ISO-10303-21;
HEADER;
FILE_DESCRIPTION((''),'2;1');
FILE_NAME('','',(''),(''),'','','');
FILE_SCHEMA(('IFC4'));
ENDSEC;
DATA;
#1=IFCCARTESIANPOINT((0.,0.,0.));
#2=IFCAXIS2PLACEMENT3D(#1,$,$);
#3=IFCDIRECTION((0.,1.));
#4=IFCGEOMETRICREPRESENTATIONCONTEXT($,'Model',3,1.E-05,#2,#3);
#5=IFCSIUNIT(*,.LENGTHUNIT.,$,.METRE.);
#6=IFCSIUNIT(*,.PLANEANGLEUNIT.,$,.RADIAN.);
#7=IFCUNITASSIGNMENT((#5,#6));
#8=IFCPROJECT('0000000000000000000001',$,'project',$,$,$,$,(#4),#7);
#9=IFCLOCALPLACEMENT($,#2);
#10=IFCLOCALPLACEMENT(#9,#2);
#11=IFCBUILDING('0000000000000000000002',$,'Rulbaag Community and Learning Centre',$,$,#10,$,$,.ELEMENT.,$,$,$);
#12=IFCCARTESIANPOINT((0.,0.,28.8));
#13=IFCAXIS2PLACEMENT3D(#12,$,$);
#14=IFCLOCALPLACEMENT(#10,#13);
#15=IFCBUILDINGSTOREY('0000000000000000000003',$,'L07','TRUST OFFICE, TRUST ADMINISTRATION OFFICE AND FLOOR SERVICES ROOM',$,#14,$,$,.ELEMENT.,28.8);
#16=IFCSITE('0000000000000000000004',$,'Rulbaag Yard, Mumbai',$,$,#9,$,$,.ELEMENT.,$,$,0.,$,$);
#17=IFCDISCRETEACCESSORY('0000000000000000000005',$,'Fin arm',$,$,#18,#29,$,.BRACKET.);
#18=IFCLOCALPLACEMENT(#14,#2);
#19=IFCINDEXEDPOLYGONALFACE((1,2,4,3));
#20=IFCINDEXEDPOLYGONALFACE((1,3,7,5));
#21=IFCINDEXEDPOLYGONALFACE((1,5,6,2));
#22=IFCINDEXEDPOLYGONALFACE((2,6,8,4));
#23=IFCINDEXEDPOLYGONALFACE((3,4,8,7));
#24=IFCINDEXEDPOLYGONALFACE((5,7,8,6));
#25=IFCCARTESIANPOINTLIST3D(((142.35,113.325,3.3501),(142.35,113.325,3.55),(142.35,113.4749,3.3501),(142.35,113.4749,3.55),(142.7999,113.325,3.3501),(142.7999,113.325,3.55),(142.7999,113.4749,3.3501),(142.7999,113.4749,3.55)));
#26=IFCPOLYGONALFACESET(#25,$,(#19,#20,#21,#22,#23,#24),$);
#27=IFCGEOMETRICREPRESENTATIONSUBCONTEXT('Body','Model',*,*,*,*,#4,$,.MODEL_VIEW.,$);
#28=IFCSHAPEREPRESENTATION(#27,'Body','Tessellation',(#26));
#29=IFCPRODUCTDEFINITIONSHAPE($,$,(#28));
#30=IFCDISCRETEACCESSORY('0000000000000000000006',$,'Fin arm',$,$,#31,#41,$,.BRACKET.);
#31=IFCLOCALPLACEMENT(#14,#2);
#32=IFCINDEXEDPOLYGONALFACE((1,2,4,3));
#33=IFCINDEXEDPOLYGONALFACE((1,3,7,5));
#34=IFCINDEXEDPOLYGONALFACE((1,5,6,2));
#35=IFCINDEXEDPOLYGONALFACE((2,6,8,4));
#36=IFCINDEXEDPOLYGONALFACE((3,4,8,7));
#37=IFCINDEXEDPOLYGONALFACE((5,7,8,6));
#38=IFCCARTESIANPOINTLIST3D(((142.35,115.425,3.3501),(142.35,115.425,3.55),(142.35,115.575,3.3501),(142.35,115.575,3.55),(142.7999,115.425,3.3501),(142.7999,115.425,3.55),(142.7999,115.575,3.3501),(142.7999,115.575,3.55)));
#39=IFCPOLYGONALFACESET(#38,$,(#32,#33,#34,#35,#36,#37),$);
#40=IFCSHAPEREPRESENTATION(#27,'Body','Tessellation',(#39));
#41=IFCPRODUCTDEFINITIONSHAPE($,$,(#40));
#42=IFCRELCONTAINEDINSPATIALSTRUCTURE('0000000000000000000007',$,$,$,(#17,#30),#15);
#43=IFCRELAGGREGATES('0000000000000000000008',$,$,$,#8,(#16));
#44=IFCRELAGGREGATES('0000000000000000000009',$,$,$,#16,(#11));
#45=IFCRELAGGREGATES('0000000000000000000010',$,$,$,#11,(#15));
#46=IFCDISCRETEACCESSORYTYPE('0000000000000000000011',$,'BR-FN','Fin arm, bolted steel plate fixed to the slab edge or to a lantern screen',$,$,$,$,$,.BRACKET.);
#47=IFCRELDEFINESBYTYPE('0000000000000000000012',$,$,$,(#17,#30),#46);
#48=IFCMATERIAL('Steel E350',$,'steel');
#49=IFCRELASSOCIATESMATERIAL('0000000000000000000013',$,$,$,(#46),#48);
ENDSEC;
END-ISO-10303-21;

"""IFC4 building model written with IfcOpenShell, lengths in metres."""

from ifc_helpers import new_model, si_unit, direction, frame, origin, origin_2d, place, context, subcontext, project, spatial, rectangle, extrude, material, type_object, element, save


model = new_model("IFC4")

# Units and contexts
model_context = context("Model", 3, precision=1e-05, world=origin(), true_north=direction((0.0, 1.0)))
body_context = subcontext(model_context, "Body", "Model", "MODEL_VIEW")
ifc_project = project(units=[si_unit("LENGTHUNIT", "METRE"), si_unit("PLANEANGLEUNIT", "RADIAN")], contexts=[model_context])

# Site, building, storey
site_placement = place(None, origin())
site = spatial("IfcSite", under=ifc_project, at=site_placement, Name="Rulbaag Yard, Mumbai", CompositionType="ELEMENT", RefElevation=0.0)
building_placement = place(site_placement, origin())
building = spatial("IfcBuilding", under=site, at=building_placement, Name="Rulbaag Community and Learning Centre", CompositionType="ELEMENT")
storey_placement = place(building_placement, frame((0.0, 0.0, 28.8)))
storey = spatial("IfcBuildingStorey", under=building, at=storey_placement, Name="L07", Description="TRUST OFFICE, TRUST ADMINISTRATION OFFICE AND FLOOR SERVICES ROOM", CompositionType="ELEMENT", Elevation=28.8)

# Discrete accessories
ifc_material_1 = material(Name="Steel E350", Category="steel")
discrete_accessory_type = type_object("IfcDiscreteAccessoryType", Name="BR-FN", Description="Fin arm, bolted steel plate fixed to the slab edge or to a lantern screen", PredefinedType="BRACKET", material=ifc_material_1)
for number, where, z_axis, x_axis, name in (
    (1, (142.575, 113.3999, 3.3501), (0.0, 0.0, 1.0), (1.0, 0.0, 0.0), "Fin arm"),
    (2, (142.575, 115.5, 3.3501), (0.0, 0.0, 1.0), (1.0, 0.0, 0.0), "Fin arm"),
):
    element("IfcDiscreteAccessory", number, at=place(storey_placement, frame(where, z_axis=z_axis, x_axis=x_axis)), inside=storey, type_object=discrete_accessory_type, Name=name, PredefinedType="BRACKET", context=body_context, shape_type="SweptSolid", body=[
        extrude(rectangle(XDim=0.45, YDim=0.1499, at=origin_2d()), origin(), (0.0, 0.0, 1.0), 0.2),
    ])

save(model, "model.ifc")
